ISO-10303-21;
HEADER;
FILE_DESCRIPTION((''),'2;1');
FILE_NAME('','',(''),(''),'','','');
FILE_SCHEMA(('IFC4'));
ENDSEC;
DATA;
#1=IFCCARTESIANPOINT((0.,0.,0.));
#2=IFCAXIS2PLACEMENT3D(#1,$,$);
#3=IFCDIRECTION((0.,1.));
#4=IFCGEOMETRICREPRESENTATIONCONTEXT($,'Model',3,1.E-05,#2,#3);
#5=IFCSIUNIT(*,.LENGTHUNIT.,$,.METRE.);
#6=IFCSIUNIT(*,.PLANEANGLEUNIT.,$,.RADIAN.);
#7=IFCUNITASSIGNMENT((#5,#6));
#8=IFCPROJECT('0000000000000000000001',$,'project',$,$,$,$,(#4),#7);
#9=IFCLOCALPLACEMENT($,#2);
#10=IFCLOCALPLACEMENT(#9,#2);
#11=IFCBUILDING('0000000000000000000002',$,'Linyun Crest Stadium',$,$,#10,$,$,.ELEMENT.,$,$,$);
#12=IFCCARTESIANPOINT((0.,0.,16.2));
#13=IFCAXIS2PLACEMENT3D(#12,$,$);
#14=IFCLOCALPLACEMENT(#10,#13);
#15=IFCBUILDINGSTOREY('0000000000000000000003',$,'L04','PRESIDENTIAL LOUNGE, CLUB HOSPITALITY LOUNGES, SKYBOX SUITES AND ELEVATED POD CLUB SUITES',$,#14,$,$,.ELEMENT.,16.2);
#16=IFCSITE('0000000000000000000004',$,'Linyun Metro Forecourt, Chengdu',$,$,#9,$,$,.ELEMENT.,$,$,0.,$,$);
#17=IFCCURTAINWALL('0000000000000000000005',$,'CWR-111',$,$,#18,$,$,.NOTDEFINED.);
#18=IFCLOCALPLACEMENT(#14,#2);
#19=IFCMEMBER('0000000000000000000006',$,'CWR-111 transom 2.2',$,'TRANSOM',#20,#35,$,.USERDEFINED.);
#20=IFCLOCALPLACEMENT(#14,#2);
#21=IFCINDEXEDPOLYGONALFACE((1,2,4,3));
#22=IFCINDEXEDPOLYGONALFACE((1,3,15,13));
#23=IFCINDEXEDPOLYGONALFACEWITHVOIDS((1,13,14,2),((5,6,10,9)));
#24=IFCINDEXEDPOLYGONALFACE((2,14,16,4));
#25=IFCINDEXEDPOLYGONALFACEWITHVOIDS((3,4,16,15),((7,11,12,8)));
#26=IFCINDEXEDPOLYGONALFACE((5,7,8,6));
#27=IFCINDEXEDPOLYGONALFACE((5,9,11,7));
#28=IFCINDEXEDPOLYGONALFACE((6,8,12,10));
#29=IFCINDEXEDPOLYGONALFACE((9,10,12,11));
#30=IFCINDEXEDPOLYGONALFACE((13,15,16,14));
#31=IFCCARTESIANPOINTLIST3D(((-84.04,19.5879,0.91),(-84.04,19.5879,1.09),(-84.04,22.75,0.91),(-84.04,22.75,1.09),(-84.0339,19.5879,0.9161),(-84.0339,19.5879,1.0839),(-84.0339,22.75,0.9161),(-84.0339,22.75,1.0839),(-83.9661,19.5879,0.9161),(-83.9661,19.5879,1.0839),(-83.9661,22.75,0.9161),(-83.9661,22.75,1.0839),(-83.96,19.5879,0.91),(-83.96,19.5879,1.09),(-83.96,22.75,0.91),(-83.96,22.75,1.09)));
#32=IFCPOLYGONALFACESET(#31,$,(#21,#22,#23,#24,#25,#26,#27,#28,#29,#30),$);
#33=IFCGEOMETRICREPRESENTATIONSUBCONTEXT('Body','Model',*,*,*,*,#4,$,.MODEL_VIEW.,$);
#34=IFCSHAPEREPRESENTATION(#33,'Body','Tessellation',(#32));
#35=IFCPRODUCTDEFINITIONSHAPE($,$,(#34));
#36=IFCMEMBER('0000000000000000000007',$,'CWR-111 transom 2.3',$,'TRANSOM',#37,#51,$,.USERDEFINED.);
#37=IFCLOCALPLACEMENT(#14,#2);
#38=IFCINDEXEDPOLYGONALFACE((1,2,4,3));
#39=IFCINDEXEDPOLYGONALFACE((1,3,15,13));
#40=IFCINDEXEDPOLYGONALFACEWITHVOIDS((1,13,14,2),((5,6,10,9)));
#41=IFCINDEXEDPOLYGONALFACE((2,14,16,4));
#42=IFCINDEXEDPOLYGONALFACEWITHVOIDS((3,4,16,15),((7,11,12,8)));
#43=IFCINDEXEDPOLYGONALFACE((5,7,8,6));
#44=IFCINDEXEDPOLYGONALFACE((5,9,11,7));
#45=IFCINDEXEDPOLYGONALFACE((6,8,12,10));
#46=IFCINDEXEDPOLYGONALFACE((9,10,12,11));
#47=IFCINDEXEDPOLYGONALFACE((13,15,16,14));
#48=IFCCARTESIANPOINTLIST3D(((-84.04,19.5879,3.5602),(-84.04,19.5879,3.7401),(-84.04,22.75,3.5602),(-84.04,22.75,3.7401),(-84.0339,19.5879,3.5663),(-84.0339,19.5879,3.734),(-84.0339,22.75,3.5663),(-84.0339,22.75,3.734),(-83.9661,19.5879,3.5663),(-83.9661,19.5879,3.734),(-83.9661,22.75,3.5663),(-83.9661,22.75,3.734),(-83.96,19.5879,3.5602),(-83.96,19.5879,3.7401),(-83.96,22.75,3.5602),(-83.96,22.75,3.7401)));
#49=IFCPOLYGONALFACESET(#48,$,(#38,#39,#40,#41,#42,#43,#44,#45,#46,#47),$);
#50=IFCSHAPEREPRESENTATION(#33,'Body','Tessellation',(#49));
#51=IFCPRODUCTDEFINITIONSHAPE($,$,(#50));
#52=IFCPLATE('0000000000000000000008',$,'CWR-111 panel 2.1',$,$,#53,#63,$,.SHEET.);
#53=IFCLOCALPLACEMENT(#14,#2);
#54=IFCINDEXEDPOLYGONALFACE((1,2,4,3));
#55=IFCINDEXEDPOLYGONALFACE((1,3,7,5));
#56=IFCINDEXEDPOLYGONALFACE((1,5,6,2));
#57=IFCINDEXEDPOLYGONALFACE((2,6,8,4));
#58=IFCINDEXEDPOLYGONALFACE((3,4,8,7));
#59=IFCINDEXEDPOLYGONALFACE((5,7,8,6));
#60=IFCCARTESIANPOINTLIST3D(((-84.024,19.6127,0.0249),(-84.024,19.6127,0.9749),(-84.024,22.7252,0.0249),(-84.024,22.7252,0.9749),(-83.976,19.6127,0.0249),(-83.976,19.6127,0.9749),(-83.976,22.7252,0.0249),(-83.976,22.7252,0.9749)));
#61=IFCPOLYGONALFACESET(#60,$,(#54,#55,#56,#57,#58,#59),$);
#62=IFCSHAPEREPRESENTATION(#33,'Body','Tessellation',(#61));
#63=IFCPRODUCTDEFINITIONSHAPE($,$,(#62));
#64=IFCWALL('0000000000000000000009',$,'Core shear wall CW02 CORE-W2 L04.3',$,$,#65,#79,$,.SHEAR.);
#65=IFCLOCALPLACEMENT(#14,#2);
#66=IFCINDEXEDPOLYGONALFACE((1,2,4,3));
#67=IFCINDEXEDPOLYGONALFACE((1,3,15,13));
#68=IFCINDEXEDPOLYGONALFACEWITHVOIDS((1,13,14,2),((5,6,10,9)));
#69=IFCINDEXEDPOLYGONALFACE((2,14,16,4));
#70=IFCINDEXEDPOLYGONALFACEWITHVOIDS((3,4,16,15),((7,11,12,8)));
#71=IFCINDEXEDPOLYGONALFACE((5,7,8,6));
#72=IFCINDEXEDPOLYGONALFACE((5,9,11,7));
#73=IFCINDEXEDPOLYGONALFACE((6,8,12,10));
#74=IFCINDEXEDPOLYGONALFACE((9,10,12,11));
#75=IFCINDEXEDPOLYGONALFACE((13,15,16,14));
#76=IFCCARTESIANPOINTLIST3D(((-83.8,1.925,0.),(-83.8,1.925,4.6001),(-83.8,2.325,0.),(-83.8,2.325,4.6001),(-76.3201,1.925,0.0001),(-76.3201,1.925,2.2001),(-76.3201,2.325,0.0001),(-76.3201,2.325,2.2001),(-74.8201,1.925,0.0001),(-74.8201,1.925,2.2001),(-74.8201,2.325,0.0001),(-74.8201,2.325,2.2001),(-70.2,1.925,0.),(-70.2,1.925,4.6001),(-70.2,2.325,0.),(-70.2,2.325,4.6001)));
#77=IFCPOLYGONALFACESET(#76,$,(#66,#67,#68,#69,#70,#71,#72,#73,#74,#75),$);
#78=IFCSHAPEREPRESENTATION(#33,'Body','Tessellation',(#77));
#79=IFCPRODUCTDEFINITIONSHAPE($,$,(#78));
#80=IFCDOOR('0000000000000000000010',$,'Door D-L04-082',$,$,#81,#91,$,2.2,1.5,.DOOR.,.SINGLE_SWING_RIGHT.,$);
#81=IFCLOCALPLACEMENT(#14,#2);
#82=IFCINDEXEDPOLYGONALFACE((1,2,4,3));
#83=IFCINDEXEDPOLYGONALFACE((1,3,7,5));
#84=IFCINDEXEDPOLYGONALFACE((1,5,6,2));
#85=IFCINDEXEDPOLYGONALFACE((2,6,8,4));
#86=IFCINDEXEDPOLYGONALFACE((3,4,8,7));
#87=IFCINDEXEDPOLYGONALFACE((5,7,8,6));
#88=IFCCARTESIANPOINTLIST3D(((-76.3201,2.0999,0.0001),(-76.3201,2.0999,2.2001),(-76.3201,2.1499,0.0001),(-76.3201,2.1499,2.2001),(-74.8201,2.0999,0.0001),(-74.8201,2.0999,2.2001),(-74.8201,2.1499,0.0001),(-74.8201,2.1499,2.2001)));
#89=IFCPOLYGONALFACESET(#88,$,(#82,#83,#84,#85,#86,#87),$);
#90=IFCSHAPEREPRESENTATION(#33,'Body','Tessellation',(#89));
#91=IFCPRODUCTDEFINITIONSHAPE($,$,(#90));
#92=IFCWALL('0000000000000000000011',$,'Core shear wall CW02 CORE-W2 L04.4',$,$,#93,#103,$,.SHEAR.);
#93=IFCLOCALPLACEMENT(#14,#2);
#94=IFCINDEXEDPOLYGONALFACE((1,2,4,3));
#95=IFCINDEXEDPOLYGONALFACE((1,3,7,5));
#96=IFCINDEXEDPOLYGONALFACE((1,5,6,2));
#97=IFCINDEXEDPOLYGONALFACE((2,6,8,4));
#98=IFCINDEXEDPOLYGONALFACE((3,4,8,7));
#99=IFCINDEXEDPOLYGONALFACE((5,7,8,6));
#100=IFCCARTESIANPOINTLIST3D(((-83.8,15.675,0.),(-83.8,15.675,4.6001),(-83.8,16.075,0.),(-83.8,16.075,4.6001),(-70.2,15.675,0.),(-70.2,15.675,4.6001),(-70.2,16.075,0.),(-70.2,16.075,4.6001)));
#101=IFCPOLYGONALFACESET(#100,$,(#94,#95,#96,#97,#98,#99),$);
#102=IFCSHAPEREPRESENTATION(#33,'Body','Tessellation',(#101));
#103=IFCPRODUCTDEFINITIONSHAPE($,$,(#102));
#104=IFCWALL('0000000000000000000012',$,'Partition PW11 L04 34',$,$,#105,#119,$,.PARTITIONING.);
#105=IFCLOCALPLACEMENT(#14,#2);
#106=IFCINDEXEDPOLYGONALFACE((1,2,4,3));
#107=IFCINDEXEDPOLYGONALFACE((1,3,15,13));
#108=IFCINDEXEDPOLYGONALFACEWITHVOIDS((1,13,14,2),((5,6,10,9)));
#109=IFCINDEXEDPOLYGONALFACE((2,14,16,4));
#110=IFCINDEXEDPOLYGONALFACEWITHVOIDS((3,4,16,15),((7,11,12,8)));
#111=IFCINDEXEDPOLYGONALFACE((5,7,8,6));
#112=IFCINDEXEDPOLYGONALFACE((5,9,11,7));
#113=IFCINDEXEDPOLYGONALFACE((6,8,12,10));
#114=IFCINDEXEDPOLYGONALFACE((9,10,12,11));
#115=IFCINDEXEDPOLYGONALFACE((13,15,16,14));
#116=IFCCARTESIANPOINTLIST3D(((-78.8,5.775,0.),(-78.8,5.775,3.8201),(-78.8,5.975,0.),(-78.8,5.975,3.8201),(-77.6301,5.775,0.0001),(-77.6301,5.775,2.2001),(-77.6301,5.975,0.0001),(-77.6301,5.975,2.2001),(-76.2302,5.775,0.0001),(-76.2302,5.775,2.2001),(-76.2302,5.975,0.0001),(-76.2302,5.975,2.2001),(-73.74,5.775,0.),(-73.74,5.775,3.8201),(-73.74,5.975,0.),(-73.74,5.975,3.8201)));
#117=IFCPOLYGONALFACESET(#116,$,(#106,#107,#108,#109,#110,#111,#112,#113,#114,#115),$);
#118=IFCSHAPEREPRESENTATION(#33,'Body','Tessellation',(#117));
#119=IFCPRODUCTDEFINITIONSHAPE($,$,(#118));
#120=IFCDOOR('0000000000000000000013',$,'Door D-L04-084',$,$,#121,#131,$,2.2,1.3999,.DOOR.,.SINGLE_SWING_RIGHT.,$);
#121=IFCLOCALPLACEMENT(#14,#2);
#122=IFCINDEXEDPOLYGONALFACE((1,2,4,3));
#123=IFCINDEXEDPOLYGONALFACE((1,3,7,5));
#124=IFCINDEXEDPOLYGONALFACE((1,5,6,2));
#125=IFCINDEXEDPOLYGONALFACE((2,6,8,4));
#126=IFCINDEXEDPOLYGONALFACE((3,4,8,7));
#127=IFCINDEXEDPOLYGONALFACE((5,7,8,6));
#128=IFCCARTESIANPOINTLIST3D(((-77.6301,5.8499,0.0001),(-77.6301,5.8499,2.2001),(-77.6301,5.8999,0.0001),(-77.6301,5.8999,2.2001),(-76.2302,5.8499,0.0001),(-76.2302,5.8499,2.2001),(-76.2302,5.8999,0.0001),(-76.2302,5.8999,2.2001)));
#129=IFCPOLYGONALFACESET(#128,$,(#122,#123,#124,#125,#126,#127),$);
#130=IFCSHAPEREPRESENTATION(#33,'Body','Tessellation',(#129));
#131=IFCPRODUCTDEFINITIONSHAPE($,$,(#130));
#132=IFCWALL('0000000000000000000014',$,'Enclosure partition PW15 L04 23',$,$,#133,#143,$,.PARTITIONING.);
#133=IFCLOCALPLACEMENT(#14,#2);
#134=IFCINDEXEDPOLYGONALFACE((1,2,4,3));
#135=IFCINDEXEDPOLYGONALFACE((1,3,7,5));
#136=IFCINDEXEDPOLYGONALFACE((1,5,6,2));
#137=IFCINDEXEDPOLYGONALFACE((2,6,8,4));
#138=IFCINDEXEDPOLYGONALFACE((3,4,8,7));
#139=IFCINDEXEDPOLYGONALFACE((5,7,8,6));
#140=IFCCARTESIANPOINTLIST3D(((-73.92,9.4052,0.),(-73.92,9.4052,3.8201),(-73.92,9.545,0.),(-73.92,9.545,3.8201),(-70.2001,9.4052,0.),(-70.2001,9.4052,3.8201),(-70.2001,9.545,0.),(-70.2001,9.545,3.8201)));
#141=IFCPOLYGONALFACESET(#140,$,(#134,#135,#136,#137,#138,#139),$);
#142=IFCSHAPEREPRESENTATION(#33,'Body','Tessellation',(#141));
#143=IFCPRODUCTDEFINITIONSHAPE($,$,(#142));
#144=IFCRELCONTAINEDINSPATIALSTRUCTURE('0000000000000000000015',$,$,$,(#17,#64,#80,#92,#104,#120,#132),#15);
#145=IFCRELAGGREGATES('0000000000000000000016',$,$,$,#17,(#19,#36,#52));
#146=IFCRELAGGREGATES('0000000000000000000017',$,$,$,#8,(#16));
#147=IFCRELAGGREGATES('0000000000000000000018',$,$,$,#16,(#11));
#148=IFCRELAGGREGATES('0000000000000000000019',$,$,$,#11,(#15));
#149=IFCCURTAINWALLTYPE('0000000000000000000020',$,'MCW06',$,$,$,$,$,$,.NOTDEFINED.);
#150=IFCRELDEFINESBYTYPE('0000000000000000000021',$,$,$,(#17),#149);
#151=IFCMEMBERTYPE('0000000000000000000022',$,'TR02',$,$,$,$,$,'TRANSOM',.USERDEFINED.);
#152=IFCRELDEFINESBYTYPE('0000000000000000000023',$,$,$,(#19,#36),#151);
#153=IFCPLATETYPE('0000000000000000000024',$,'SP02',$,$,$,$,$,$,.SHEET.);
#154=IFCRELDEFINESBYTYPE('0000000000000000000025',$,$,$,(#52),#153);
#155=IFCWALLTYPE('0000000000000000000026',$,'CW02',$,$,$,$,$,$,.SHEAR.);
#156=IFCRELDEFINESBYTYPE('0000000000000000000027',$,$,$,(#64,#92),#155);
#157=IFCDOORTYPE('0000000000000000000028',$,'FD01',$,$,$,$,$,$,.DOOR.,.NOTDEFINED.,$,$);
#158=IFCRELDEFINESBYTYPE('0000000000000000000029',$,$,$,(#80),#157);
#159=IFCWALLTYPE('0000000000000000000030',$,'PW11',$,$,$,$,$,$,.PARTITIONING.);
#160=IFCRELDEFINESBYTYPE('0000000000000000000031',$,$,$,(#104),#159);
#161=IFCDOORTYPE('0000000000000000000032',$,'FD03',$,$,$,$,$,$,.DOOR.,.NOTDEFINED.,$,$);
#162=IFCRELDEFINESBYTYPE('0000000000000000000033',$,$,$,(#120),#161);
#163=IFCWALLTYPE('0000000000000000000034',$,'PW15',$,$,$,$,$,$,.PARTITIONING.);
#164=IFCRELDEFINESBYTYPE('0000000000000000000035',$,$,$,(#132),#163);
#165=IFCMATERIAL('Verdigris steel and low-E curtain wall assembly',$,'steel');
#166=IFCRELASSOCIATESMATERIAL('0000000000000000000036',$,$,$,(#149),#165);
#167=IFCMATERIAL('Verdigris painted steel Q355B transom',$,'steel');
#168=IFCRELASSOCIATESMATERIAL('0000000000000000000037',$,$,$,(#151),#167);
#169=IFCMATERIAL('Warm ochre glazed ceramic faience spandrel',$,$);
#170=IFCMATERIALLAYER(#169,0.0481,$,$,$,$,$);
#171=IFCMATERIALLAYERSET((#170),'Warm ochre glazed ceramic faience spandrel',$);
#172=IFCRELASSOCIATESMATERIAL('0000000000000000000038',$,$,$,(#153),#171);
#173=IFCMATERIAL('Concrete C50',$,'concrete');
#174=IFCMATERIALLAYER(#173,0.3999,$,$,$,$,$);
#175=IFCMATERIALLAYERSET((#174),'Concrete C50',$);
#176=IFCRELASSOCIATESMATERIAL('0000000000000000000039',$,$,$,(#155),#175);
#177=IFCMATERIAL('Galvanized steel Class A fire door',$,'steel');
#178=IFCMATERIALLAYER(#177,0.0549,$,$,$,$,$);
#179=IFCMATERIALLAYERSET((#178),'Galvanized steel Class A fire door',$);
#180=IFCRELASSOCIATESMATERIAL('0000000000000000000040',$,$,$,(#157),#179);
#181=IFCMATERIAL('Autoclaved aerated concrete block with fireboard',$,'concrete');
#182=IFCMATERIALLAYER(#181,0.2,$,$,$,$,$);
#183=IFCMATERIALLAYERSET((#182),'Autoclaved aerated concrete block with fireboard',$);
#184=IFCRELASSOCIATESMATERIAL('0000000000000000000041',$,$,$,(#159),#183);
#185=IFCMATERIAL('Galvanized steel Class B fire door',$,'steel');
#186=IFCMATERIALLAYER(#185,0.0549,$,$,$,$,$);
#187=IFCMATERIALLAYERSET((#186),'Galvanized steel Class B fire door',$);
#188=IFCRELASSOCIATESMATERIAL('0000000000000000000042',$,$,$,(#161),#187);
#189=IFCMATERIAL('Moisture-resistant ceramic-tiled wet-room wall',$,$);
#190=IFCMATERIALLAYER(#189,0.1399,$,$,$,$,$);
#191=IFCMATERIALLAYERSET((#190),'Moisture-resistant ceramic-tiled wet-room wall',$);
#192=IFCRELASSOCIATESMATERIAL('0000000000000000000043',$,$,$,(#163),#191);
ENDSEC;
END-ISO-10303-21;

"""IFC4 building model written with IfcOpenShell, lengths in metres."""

from ifc_helpers import new_model, si_unit, direction, frame, frame_2d, origin, origin_2d, place, context, subcontext, project, spatial, rectangle, hollow_rectangle, extrude, material, layer, layer_set, material_profile, profile_set, type_object, element, fill, aggregate, save


model = new_model("IFC4")

# Units and contexts
model_context = context("Model", 3, precision=1e-05, world=origin(), true_north=direction((0.0, 1.0)))
body_context = subcontext(model_context, "Body", "Model", "MODEL_VIEW")
ifc_project = project(units=[si_unit("LENGTHUNIT", "METRE"), si_unit("PLANEANGLEUNIT", "RADIAN")], contexts=[model_context])

# Site, building, storey
site_placement = place(None, origin())
site = spatial("IfcSite", under=ifc_project, at=site_placement, Name="Linyun Metro Forecourt, Chengdu", CompositionType="ELEMENT", RefElevation=0.0)
building_placement = place(site_placement, origin())
building = spatial("IfcBuilding", under=site, at=building_placement, Name="Linyun Crest Stadium", CompositionType="ELEMENT")
storey_placement = place(building_placement, frame((0.0, 0.0, 16.2)))
storey = spatial("IfcBuildingStorey", under=building, at=storey_placement, Name="L04", Description="PRESIDENTIAL LOUNGE, CLUB HOSPITALITY LOUNGES, SKYBOX SUITES AND ELEVATED POD CLUB SUITES", CompositionType="ELEMENT", Elevation=16.2)

# Curtain wall, members, plate
ifc_material_1 = material(Name="Verdigris steel and low-E curtain wall assembly", Category="steel")
curtain_wall_type = type_object("IfcCurtainWallType", Name="MCW06", PredefinedType="NOTDEFINED", material=ifc_material_1)
curtain_wall_placement = place(storey_placement, origin())
curtain_wall = element("IfcCurtainWall", 1, at=curtain_wall_placement, inside=storey, type_object=curtain_wall_type, Name="CWR-111", PredefinedType="NOTDEFINED")
ifc_material_2 = material(Name="Verdigris painted steel Q355B transom", Category="steel")
ifc_material_profile_1 = material_profile(ifc_material_2, hollow_rectangle(XDim=0.0801, YDim=0.1799, WallThickness=0.0061, at=origin_2d()), Name="RHS 180x80x6")
ifc_profile_set_1 = profile_set([ifc_material_profile_1], Name="Verdigris painted steel Q355B transom")
member_type_1 = type_object("IfcMemberType", Name="TR02", ElementType="TRANSOM", PredefinedType="USERDEFINED", material=ifc_profile_set_1)
member_1_placement = place(storey_placement, frame((-84.0, 19.5879, 1.0), z_axis=(0.0, 1.0, 0.0), x_axis=(-1.0, 0.0, 0.0)))
member_1 = element("IfcMember", 2, at=member_1_placement, type_object=member_type_1, Name="CWR-111 transom 2.2", ObjectType="TRANSOM", PredefinedType="USERDEFINED", context=body_context, shape_type="SweptSolid", body=[
    extrude(hollow_rectangle(XDim=0.0801, YDim=0.1799, WallThickness=0.0061, at=origin_2d()), origin(), (0.0, 0.0, 1.0), 3.1621),
])
member_2_placement = place(storey_placement, frame((-84.0, 19.5879, 3.6501), z_axis=(0.0, 1.0, 0.0), x_axis=(-1.0, 0.0, 0.0)))
member_2 = element("IfcMember", 3, at=member_2_placement, type_object=member_type_1, Name="CWR-111 transom 2.3", ObjectType="TRANSOM", PredefinedType="USERDEFINED", context=body_context, shape_type="SweptSolid", body=[
    extrude(hollow_rectangle(XDim=0.0801, YDim=0.1799, WallThickness=0.0061, at=origin_2d()), origin(), (0.0, 0.0, 1.0), 3.1621),
])
ifc_material_3 = material(Name="Warm ochre glazed ceramic faience spandrel")
ifc_layer_1 = layer(ifc_material_3, 0.0481)
ifc_layer_set_1 = layer_set([ifc_layer_1], Name="Warm ochre glazed ceramic faience spandrel")
plate_type = type_object("IfcPlateType", Name="SP02", PredefinedType="SHEET", material=ifc_layer_set_1)
plate_placement = place(storey_placement, frame((-84.0, 21.1689, 0.0249), z_axis=(0.0, 0.0, 1.0), x_axis=(0.0, 1.0, 0.0)))
plate = element("IfcPlate", 4, at=plate_placement, type_object=plate_type, Name="CWR-111 panel 2.1", PredefinedType="SHEET", context=body_context, shape_type="SweptSolid", body=[
    extrude(rectangle(XDim=3.1125, YDim=0.0481, at=origin_2d()), origin(), (0.0, 0.0, 1.0), 0.95),
])
aggregate(curtain_wall, [member_1, member_2, plate])

# Wall, opening, door
ifc_material_4 = material(Name="Concrete C50", Category="concrete")
ifc_layer_2 = layer(ifc_material_4, 0.3999)
ifc_layer_set_2 = layer_set([ifc_layer_2], Name="Concrete C50")
wall_type_1 = type_object("IfcWallType", Name="CW02", PredefinedType="SHEAR", material=ifc_layer_set_2)
wall_1_placement = place(storey_placement, frame((-83.8, 2.125, 0.0), z_axis=(0.0, 0.0, 1.0), x_axis=(1.0, 0.0, 0.0)))
wall_1 = element("IfcWall", 5, at=wall_1_placement, inside=storey, type_object=wall_type_1, Name="Core shear wall CW02 CORE-W2 L04.3", PredefinedType="SHEAR", context=body_context, shape_type="SweptSolid", body=[
    extrude(rectangle(XDim=13.6001, YDim=0.3999, at=frame_2d((6.8, 0.0))), origin(), (0.0, 0.0, 1.0), 4.6001),
])
opening_1_placement = place(wall_1_placement, frame((7.48, 0.0, 0.0)))
opening_1 = element("IfcOpeningElement", 6, at=opening_1_placement, cuts=wall_1, PredefinedType="OPENING", context=body_context, shape_type="SweptSolid", body=[
    extrude(rectangle(XDim=1.5, YDim=2.2, at=frame_2d((0.75, 1.1001))), frame((0.0, 0.21, 0.0), z_axis=(0.0, -1.0, 0.0), x_axis=(1.0, 0.0, 0.0)), (0.0, 0.0, 1.0), 0.4199),
])
ifc_material_5 = material(Name="Galvanized steel Class A fire door", Category="steel")
ifc_layer_3 = layer(ifc_material_5, 0.0549)
ifc_layer_set_3 = layer_set([ifc_layer_3], Name="Galvanized steel Class A fire door")
door_type_1 = type_object("IfcDoorType", Name="FD01", OperationType="NOTDEFINED", PredefinedType="DOOR", material=ifc_layer_set_3)
door_1_placement = place(opening_1_placement, origin())
door_1 = element("IfcDoor", 7, at=door_1_placement, inside=storey, type_object=door_type_1, Name="Door D-L04-082", OperationType="SINGLE_SWING_RIGHT", OverallHeight=2.2, OverallWidth=1.5, PredefinedType="DOOR", context=body_context, shape_type="SweptSolid", body=[
    extrude(rectangle(XDim=1.5, YDim=2.2, at=frame_2d((0.75, 1.1001))), frame((0.0, 0.0249, 0.0), z_axis=(0.0, -1.0, 0.0), x_axis=(1.0, 0.0, 0.0)), (0.0, 0.0, 1.0), 0.05),
])
fill(opening_1, door_1)

# Wall
wall_2_placement = place(storey_placement, frame((-83.8, 15.875, 0.0), z_axis=(0.0, 0.0, 1.0), x_axis=(1.0, 0.0, 0.0)))
element("IfcWall", 8, at=wall_2_placement, inside=storey, type_object=wall_type_1, Name="Core shear wall CW02 CORE-W2 L04.4", PredefinedType="SHEAR", context=body_context, shape_type="SweptSolid", body=[
    extrude(rectangle(XDim=13.6001, YDim=0.3999, at=frame_2d((6.8, 0.0))), origin(), (0.0, 0.0, 1.0), 4.6001),
])

# Wall, opening, door
ifc_material_6 = material(Name="Autoclaved aerated concrete block with fireboard", Category="concrete")
ifc_layer_4 = layer(ifc_material_6, 0.2)
ifc_layer_set_4 = layer_set([ifc_layer_4], Name="Autoclaved aerated concrete block with fireboard")
wall_type_2 = type_object("IfcWallType", Name="PW11", PredefinedType="PARTITIONING", material=ifc_layer_set_4)
wall_3_placement = place(storey_placement, frame((-78.8, 5.875, 0.0), z_axis=(0.0, 0.0, 1.0), x_axis=(1.0, 0.0, 0.0)))
wall_3 = element("IfcWall", 9, at=wall_3_placement, inside=storey, type_object=wall_type_2, Name="Partition PW11 L04 34", PredefinedType="PARTITIONING", context=body_context, shape_type="SweptSolid", body=[
    extrude(rectangle(XDim=5.0601, YDim=0.2, at=frame_2d((2.53, 0.0))), origin(), (0.0, 0.0, 1.0), 3.8201),
])
opening_2_placement = place(wall_3_placement, frame((1.1699, 0.0, 0.0)))
opening_2 = element("IfcOpeningElement", 10, at=opening_2_placement, cuts=wall_3, PredefinedType="OPENING", context=body_context, shape_type="SweptSolid", body=[
    extrude(rectangle(XDim=1.3999, YDim=2.2, at=frame_2d((0.7, 1.1001))), frame((0.0, 0.1099, 0.0), z_axis=(0.0, -1.0, 0.0), x_axis=(1.0, 0.0, 0.0)), (0.0, 0.0, 1.0), 0.22),
])
ifc_material_7 = material(Name="Galvanized steel Class B fire door", Category="steel")
ifc_layer_5 = layer(ifc_material_7, 0.0549)
ifc_layer_set_5 = layer_set([ifc_layer_5], Name="Galvanized steel Class B fire door")
door_type_2 = type_object("IfcDoorType", Name="FD03", OperationType="NOTDEFINED", PredefinedType="DOOR", material=ifc_layer_set_5)
door_2_placement = place(opening_2_placement, origin())
door_2 = element("IfcDoor", 11, at=door_2_placement, inside=storey, type_object=door_type_2, Name="Door D-L04-084", OperationType="SINGLE_SWING_RIGHT", OverallHeight=2.2, OverallWidth=1.3999, PredefinedType="DOOR", context=body_context, shape_type="SweptSolid", body=[
    extrude(rectangle(XDim=1.3999, YDim=2.2, at=frame_2d((0.7, 1.1001))), frame((0.0, 0.0249, 0.0), z_axis=(0.0, -1.0, 0.0), x_axis=(1.0, 0.0, 0.0)), (0.0, 0.0, 1.0), 0.05),
])
fill(opening_2, door_2)

# Wall
ifc_material_8 = material(Name="Moisture-resistant ceramic-tiled wet-room wall")
ifc_layer_6 = layer(ifc_material_8, 0.1399)
ifc_layer_set_6 = layer_set([ifc_layer_6], Name="Moisture-resistant ceramic-tiled wet-room wall")
wall_type_3 = type_object("IfcWallType", Name="PW15", PredefinedType="PARTITIONING", material=ifc_layer_set_6)
wall_4_placement = place(storey_placement, frame((-73.9199, 9.4751, 0.0), z_axis=(0.0, 0.0, 1.0), x_axis=(1.0, 0.0, 0.0)))
element("IfcWall", 12, at=wall_4_placement, inside=storey, type_object=wall_type_3, Name="Enclosure partition PW15 L04 23", PredefinedType="PARTITIONING", context=body_context, shape_type="SweptSolid", body=[
    extrude(rectangle(XDim=3.72, YDim=0.1399, at=frame_2d((1.8599, 0.0))), origin(), (0.0, 0.0, 1.0), 3.8201),
])

save(model, "model.ifc")
